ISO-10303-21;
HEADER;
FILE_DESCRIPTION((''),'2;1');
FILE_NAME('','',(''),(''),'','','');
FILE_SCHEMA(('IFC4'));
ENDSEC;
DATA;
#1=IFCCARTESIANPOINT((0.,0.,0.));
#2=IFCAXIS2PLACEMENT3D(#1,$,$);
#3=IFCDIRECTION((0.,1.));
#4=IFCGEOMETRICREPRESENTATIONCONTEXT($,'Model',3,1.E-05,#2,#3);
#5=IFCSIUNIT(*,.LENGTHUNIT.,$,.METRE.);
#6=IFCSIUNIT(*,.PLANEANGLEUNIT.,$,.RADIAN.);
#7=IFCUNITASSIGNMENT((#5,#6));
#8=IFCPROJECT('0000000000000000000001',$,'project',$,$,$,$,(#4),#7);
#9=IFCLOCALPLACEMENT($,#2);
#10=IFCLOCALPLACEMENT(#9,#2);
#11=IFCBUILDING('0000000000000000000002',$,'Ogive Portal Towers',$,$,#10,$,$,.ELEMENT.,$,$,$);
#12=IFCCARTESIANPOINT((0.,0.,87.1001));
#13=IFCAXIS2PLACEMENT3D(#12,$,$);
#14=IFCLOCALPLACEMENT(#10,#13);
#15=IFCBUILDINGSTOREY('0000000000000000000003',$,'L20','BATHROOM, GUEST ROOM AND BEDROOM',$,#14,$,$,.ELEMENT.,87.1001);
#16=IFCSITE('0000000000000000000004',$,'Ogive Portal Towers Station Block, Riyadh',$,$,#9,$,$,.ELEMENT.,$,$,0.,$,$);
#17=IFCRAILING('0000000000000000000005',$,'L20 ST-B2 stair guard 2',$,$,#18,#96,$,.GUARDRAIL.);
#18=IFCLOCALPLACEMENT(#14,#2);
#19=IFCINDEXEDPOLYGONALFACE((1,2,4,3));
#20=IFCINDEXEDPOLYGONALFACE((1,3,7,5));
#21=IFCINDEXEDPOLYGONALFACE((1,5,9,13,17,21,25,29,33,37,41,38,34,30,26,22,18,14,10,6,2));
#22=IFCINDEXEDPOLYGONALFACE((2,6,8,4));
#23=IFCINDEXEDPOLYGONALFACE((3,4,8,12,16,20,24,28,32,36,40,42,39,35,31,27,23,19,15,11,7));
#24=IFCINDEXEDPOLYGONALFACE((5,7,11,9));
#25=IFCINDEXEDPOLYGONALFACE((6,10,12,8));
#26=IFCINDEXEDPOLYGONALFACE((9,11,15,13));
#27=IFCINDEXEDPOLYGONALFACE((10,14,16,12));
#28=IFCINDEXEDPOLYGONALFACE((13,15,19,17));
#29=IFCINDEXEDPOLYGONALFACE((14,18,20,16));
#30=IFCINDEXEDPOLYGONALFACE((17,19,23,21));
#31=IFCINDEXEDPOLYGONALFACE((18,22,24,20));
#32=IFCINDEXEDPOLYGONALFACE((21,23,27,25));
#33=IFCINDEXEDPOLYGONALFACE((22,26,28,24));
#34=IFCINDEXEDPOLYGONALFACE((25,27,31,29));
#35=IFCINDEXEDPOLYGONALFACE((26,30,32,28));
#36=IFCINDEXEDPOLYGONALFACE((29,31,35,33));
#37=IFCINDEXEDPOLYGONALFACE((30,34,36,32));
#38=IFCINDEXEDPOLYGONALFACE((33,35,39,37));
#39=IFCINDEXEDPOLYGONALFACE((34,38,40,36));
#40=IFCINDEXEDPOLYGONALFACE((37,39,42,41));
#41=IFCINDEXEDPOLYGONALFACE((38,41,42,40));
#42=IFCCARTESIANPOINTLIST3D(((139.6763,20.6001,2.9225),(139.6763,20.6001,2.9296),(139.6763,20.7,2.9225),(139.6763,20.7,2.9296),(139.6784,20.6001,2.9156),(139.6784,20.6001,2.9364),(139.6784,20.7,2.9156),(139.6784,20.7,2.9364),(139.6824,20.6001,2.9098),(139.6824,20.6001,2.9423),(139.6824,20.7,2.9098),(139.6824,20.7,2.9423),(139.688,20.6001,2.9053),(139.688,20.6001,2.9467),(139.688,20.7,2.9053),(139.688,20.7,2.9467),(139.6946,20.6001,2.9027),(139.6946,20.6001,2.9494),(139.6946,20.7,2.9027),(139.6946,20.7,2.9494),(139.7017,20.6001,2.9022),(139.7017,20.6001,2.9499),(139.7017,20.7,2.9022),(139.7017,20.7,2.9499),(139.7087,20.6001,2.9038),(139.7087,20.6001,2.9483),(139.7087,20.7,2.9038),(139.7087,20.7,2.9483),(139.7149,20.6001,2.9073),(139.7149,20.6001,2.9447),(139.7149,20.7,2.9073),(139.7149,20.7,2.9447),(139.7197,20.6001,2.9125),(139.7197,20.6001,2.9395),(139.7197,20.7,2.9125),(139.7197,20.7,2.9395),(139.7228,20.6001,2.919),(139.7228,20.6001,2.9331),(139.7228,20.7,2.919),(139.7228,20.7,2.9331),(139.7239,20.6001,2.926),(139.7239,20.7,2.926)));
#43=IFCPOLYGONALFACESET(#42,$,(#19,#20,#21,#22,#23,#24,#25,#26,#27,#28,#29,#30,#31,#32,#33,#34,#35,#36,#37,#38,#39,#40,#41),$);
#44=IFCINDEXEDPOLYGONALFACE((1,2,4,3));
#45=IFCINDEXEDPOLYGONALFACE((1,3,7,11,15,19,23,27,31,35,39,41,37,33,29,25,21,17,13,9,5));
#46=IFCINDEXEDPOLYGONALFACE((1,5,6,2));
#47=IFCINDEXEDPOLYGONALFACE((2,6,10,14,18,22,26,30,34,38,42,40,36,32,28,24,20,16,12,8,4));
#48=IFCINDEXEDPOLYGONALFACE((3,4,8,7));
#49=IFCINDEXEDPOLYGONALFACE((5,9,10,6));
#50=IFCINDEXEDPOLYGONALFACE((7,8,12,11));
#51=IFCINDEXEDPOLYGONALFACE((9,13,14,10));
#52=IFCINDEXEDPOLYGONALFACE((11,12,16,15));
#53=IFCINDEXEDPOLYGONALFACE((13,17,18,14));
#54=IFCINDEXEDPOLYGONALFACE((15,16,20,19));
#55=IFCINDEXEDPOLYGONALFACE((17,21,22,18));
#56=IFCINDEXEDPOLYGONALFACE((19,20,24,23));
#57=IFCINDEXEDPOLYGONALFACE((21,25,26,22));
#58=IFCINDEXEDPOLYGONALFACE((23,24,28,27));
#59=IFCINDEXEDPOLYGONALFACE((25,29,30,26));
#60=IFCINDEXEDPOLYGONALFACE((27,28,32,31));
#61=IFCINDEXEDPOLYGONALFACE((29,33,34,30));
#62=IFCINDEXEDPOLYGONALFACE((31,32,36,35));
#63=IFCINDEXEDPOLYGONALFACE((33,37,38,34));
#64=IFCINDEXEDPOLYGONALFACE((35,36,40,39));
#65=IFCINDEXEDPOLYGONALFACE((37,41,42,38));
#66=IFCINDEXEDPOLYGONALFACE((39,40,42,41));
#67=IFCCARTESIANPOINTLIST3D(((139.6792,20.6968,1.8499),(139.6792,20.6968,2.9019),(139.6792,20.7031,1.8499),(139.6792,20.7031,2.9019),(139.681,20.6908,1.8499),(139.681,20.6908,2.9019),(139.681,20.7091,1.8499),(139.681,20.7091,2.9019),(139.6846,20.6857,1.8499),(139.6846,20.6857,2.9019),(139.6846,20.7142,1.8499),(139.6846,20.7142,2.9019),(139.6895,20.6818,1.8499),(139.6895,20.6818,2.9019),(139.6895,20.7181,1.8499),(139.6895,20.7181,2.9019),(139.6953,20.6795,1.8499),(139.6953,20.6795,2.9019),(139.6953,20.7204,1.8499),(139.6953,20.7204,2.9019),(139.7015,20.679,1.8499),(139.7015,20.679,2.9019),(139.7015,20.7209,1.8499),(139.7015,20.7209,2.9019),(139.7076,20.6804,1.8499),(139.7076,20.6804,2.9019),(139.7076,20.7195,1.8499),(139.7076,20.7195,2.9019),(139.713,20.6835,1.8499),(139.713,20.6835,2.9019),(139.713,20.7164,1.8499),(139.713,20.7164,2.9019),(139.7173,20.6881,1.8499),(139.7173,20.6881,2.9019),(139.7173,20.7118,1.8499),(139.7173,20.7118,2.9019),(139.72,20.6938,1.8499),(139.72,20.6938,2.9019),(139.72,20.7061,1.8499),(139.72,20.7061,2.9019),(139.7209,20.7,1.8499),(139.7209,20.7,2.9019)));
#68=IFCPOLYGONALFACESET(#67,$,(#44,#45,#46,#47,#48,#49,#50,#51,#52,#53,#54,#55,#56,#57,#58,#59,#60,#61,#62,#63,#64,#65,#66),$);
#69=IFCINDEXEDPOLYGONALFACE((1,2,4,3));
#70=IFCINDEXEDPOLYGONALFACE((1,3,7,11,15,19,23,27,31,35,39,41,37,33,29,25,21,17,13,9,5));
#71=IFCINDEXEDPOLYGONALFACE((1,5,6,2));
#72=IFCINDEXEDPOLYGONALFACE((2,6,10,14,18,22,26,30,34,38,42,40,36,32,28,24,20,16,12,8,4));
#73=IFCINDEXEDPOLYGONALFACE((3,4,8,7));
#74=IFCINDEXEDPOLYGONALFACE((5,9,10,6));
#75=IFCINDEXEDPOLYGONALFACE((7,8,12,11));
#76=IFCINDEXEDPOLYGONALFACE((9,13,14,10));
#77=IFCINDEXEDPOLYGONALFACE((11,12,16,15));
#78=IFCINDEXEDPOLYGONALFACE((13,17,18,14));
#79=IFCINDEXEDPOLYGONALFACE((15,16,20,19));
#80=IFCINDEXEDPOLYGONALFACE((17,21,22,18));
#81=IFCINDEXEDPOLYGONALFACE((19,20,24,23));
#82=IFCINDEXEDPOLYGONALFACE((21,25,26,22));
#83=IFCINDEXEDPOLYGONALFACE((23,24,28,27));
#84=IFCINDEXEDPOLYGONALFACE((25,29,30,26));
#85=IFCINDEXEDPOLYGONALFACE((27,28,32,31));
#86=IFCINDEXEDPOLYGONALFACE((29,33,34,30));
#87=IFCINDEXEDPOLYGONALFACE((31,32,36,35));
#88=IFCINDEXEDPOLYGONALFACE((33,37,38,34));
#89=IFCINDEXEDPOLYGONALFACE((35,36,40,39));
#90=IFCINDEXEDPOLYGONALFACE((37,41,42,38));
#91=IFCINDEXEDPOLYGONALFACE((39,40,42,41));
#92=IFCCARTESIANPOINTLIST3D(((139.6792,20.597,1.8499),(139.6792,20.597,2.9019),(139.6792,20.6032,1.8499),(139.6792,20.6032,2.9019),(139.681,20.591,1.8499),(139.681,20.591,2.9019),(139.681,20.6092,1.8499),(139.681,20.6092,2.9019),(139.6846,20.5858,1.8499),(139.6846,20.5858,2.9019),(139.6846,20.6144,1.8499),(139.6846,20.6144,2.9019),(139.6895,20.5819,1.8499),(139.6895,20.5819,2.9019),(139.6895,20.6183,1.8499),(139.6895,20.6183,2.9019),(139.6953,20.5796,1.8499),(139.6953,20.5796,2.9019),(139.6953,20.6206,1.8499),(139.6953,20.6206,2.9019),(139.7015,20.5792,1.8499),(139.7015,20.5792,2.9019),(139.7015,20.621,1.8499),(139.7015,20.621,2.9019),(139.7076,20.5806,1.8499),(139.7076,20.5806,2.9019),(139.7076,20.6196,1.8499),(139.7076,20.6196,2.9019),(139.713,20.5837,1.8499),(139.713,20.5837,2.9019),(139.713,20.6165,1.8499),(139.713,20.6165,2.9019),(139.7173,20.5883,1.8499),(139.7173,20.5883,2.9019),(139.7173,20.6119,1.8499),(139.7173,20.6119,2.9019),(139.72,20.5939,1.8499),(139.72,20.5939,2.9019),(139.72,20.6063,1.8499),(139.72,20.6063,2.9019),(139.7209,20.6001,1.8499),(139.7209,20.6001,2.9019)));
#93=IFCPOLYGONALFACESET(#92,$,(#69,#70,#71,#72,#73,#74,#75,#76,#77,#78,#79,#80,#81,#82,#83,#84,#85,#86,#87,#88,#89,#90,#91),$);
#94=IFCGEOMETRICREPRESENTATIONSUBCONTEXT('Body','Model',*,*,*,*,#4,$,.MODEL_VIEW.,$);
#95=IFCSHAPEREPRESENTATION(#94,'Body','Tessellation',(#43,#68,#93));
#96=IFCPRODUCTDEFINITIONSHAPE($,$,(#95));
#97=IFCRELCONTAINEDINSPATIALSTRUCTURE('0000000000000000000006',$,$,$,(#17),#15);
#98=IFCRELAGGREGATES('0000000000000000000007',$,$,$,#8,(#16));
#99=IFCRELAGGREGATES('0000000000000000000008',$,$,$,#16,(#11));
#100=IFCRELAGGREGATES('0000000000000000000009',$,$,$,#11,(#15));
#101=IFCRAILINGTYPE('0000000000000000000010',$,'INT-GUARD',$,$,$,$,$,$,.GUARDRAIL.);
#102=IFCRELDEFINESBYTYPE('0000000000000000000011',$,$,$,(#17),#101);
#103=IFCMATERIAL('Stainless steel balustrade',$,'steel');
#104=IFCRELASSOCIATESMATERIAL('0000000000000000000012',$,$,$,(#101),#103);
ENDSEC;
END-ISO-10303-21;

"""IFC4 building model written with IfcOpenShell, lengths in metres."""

from ifc_helpers import new_model, si_unit, direction, frame, origin, origin_2d, place, context, subcontext, project, spatial, circle, extrude, material, type_object, element, save


model = new_model("IFC4")

# Units and contexts
model_context = context("Model", 3, precision=1e-05, world=origin(), true_north=direction((0.0, 1.0)))
body_context = subcontext(model_context, "Body", "Model", "MODEL_VIEW")
ifc_project = project(units=[si_unit("LENGTHUNIT", "METRE"), si_unit("PLANEANGLEUNIT", "RADIAN")], contexts=[model_context])

# Site, building, storey
site_placement = place(None, origin())
site = spatial("IfcSite", under=ifc_project, at=site_placement, Name="Ogive Portal Towers Station Block, Riyadh", CompositionType="ELEMENT", RefElevation=0.0)
building_placement = place(site_placement, origin())
building = spatial("IfcBuilding", under=site, at=building_placement, Name="Ogive Portal Towers", CompositionType="ELEMENT")
storey_placement = place(building_placement, frame((0.0, 0.0, 87.1001)))
storey = spatial("IfcBuildingStorey", under=building, at=storey_placement, Name="L20", Description="BATHROOM, GUEST ROOM AND BEDROOM", CompositionType="ELEMENT", Elevation=87.1001)

# Railing
ifc_material_1 = material(Name="Stainless steel balustrade", Category="steel")
railing_type_1 = type_object("IfcRailingType", Name="INT-GUARD", PredefinedType="GUARDRAIL", material=ifc_material_1)
railing_1_placement = place(storey_placement, frame((139.7, 20.7, 1.8499)))
element("IfcRailing", 1, at=railing_1_placement, inside=storey, type_object=railing_type_1, Name="L20 ST-B2 stair guard 2", PredefinedType="GUARDRAIL", context=body_context, shape_type="SweptSolid", body=[
    extrude(circle(Radius=0.0239, at=origin_2d()), frame((0.0, 0.0, 1.0762), z_axis=(0.0, -1.0, 0.0), x_axis=(1.0, 0.0, 0.0)), (0.0, 0.0, 1.0), 0.0999),
    extrude(circle(Radius=0.021, at=origin_2d()), origin(), (0.0, 0.0, 1.0), 1.052),
    extrude(circle(Radius=0.021, at=origin_2d()), frame((0.0, -0.0999, 0.0)), (0.0, 0.0, 1.0), 1.052),
])

save(model, "model.ifc")
